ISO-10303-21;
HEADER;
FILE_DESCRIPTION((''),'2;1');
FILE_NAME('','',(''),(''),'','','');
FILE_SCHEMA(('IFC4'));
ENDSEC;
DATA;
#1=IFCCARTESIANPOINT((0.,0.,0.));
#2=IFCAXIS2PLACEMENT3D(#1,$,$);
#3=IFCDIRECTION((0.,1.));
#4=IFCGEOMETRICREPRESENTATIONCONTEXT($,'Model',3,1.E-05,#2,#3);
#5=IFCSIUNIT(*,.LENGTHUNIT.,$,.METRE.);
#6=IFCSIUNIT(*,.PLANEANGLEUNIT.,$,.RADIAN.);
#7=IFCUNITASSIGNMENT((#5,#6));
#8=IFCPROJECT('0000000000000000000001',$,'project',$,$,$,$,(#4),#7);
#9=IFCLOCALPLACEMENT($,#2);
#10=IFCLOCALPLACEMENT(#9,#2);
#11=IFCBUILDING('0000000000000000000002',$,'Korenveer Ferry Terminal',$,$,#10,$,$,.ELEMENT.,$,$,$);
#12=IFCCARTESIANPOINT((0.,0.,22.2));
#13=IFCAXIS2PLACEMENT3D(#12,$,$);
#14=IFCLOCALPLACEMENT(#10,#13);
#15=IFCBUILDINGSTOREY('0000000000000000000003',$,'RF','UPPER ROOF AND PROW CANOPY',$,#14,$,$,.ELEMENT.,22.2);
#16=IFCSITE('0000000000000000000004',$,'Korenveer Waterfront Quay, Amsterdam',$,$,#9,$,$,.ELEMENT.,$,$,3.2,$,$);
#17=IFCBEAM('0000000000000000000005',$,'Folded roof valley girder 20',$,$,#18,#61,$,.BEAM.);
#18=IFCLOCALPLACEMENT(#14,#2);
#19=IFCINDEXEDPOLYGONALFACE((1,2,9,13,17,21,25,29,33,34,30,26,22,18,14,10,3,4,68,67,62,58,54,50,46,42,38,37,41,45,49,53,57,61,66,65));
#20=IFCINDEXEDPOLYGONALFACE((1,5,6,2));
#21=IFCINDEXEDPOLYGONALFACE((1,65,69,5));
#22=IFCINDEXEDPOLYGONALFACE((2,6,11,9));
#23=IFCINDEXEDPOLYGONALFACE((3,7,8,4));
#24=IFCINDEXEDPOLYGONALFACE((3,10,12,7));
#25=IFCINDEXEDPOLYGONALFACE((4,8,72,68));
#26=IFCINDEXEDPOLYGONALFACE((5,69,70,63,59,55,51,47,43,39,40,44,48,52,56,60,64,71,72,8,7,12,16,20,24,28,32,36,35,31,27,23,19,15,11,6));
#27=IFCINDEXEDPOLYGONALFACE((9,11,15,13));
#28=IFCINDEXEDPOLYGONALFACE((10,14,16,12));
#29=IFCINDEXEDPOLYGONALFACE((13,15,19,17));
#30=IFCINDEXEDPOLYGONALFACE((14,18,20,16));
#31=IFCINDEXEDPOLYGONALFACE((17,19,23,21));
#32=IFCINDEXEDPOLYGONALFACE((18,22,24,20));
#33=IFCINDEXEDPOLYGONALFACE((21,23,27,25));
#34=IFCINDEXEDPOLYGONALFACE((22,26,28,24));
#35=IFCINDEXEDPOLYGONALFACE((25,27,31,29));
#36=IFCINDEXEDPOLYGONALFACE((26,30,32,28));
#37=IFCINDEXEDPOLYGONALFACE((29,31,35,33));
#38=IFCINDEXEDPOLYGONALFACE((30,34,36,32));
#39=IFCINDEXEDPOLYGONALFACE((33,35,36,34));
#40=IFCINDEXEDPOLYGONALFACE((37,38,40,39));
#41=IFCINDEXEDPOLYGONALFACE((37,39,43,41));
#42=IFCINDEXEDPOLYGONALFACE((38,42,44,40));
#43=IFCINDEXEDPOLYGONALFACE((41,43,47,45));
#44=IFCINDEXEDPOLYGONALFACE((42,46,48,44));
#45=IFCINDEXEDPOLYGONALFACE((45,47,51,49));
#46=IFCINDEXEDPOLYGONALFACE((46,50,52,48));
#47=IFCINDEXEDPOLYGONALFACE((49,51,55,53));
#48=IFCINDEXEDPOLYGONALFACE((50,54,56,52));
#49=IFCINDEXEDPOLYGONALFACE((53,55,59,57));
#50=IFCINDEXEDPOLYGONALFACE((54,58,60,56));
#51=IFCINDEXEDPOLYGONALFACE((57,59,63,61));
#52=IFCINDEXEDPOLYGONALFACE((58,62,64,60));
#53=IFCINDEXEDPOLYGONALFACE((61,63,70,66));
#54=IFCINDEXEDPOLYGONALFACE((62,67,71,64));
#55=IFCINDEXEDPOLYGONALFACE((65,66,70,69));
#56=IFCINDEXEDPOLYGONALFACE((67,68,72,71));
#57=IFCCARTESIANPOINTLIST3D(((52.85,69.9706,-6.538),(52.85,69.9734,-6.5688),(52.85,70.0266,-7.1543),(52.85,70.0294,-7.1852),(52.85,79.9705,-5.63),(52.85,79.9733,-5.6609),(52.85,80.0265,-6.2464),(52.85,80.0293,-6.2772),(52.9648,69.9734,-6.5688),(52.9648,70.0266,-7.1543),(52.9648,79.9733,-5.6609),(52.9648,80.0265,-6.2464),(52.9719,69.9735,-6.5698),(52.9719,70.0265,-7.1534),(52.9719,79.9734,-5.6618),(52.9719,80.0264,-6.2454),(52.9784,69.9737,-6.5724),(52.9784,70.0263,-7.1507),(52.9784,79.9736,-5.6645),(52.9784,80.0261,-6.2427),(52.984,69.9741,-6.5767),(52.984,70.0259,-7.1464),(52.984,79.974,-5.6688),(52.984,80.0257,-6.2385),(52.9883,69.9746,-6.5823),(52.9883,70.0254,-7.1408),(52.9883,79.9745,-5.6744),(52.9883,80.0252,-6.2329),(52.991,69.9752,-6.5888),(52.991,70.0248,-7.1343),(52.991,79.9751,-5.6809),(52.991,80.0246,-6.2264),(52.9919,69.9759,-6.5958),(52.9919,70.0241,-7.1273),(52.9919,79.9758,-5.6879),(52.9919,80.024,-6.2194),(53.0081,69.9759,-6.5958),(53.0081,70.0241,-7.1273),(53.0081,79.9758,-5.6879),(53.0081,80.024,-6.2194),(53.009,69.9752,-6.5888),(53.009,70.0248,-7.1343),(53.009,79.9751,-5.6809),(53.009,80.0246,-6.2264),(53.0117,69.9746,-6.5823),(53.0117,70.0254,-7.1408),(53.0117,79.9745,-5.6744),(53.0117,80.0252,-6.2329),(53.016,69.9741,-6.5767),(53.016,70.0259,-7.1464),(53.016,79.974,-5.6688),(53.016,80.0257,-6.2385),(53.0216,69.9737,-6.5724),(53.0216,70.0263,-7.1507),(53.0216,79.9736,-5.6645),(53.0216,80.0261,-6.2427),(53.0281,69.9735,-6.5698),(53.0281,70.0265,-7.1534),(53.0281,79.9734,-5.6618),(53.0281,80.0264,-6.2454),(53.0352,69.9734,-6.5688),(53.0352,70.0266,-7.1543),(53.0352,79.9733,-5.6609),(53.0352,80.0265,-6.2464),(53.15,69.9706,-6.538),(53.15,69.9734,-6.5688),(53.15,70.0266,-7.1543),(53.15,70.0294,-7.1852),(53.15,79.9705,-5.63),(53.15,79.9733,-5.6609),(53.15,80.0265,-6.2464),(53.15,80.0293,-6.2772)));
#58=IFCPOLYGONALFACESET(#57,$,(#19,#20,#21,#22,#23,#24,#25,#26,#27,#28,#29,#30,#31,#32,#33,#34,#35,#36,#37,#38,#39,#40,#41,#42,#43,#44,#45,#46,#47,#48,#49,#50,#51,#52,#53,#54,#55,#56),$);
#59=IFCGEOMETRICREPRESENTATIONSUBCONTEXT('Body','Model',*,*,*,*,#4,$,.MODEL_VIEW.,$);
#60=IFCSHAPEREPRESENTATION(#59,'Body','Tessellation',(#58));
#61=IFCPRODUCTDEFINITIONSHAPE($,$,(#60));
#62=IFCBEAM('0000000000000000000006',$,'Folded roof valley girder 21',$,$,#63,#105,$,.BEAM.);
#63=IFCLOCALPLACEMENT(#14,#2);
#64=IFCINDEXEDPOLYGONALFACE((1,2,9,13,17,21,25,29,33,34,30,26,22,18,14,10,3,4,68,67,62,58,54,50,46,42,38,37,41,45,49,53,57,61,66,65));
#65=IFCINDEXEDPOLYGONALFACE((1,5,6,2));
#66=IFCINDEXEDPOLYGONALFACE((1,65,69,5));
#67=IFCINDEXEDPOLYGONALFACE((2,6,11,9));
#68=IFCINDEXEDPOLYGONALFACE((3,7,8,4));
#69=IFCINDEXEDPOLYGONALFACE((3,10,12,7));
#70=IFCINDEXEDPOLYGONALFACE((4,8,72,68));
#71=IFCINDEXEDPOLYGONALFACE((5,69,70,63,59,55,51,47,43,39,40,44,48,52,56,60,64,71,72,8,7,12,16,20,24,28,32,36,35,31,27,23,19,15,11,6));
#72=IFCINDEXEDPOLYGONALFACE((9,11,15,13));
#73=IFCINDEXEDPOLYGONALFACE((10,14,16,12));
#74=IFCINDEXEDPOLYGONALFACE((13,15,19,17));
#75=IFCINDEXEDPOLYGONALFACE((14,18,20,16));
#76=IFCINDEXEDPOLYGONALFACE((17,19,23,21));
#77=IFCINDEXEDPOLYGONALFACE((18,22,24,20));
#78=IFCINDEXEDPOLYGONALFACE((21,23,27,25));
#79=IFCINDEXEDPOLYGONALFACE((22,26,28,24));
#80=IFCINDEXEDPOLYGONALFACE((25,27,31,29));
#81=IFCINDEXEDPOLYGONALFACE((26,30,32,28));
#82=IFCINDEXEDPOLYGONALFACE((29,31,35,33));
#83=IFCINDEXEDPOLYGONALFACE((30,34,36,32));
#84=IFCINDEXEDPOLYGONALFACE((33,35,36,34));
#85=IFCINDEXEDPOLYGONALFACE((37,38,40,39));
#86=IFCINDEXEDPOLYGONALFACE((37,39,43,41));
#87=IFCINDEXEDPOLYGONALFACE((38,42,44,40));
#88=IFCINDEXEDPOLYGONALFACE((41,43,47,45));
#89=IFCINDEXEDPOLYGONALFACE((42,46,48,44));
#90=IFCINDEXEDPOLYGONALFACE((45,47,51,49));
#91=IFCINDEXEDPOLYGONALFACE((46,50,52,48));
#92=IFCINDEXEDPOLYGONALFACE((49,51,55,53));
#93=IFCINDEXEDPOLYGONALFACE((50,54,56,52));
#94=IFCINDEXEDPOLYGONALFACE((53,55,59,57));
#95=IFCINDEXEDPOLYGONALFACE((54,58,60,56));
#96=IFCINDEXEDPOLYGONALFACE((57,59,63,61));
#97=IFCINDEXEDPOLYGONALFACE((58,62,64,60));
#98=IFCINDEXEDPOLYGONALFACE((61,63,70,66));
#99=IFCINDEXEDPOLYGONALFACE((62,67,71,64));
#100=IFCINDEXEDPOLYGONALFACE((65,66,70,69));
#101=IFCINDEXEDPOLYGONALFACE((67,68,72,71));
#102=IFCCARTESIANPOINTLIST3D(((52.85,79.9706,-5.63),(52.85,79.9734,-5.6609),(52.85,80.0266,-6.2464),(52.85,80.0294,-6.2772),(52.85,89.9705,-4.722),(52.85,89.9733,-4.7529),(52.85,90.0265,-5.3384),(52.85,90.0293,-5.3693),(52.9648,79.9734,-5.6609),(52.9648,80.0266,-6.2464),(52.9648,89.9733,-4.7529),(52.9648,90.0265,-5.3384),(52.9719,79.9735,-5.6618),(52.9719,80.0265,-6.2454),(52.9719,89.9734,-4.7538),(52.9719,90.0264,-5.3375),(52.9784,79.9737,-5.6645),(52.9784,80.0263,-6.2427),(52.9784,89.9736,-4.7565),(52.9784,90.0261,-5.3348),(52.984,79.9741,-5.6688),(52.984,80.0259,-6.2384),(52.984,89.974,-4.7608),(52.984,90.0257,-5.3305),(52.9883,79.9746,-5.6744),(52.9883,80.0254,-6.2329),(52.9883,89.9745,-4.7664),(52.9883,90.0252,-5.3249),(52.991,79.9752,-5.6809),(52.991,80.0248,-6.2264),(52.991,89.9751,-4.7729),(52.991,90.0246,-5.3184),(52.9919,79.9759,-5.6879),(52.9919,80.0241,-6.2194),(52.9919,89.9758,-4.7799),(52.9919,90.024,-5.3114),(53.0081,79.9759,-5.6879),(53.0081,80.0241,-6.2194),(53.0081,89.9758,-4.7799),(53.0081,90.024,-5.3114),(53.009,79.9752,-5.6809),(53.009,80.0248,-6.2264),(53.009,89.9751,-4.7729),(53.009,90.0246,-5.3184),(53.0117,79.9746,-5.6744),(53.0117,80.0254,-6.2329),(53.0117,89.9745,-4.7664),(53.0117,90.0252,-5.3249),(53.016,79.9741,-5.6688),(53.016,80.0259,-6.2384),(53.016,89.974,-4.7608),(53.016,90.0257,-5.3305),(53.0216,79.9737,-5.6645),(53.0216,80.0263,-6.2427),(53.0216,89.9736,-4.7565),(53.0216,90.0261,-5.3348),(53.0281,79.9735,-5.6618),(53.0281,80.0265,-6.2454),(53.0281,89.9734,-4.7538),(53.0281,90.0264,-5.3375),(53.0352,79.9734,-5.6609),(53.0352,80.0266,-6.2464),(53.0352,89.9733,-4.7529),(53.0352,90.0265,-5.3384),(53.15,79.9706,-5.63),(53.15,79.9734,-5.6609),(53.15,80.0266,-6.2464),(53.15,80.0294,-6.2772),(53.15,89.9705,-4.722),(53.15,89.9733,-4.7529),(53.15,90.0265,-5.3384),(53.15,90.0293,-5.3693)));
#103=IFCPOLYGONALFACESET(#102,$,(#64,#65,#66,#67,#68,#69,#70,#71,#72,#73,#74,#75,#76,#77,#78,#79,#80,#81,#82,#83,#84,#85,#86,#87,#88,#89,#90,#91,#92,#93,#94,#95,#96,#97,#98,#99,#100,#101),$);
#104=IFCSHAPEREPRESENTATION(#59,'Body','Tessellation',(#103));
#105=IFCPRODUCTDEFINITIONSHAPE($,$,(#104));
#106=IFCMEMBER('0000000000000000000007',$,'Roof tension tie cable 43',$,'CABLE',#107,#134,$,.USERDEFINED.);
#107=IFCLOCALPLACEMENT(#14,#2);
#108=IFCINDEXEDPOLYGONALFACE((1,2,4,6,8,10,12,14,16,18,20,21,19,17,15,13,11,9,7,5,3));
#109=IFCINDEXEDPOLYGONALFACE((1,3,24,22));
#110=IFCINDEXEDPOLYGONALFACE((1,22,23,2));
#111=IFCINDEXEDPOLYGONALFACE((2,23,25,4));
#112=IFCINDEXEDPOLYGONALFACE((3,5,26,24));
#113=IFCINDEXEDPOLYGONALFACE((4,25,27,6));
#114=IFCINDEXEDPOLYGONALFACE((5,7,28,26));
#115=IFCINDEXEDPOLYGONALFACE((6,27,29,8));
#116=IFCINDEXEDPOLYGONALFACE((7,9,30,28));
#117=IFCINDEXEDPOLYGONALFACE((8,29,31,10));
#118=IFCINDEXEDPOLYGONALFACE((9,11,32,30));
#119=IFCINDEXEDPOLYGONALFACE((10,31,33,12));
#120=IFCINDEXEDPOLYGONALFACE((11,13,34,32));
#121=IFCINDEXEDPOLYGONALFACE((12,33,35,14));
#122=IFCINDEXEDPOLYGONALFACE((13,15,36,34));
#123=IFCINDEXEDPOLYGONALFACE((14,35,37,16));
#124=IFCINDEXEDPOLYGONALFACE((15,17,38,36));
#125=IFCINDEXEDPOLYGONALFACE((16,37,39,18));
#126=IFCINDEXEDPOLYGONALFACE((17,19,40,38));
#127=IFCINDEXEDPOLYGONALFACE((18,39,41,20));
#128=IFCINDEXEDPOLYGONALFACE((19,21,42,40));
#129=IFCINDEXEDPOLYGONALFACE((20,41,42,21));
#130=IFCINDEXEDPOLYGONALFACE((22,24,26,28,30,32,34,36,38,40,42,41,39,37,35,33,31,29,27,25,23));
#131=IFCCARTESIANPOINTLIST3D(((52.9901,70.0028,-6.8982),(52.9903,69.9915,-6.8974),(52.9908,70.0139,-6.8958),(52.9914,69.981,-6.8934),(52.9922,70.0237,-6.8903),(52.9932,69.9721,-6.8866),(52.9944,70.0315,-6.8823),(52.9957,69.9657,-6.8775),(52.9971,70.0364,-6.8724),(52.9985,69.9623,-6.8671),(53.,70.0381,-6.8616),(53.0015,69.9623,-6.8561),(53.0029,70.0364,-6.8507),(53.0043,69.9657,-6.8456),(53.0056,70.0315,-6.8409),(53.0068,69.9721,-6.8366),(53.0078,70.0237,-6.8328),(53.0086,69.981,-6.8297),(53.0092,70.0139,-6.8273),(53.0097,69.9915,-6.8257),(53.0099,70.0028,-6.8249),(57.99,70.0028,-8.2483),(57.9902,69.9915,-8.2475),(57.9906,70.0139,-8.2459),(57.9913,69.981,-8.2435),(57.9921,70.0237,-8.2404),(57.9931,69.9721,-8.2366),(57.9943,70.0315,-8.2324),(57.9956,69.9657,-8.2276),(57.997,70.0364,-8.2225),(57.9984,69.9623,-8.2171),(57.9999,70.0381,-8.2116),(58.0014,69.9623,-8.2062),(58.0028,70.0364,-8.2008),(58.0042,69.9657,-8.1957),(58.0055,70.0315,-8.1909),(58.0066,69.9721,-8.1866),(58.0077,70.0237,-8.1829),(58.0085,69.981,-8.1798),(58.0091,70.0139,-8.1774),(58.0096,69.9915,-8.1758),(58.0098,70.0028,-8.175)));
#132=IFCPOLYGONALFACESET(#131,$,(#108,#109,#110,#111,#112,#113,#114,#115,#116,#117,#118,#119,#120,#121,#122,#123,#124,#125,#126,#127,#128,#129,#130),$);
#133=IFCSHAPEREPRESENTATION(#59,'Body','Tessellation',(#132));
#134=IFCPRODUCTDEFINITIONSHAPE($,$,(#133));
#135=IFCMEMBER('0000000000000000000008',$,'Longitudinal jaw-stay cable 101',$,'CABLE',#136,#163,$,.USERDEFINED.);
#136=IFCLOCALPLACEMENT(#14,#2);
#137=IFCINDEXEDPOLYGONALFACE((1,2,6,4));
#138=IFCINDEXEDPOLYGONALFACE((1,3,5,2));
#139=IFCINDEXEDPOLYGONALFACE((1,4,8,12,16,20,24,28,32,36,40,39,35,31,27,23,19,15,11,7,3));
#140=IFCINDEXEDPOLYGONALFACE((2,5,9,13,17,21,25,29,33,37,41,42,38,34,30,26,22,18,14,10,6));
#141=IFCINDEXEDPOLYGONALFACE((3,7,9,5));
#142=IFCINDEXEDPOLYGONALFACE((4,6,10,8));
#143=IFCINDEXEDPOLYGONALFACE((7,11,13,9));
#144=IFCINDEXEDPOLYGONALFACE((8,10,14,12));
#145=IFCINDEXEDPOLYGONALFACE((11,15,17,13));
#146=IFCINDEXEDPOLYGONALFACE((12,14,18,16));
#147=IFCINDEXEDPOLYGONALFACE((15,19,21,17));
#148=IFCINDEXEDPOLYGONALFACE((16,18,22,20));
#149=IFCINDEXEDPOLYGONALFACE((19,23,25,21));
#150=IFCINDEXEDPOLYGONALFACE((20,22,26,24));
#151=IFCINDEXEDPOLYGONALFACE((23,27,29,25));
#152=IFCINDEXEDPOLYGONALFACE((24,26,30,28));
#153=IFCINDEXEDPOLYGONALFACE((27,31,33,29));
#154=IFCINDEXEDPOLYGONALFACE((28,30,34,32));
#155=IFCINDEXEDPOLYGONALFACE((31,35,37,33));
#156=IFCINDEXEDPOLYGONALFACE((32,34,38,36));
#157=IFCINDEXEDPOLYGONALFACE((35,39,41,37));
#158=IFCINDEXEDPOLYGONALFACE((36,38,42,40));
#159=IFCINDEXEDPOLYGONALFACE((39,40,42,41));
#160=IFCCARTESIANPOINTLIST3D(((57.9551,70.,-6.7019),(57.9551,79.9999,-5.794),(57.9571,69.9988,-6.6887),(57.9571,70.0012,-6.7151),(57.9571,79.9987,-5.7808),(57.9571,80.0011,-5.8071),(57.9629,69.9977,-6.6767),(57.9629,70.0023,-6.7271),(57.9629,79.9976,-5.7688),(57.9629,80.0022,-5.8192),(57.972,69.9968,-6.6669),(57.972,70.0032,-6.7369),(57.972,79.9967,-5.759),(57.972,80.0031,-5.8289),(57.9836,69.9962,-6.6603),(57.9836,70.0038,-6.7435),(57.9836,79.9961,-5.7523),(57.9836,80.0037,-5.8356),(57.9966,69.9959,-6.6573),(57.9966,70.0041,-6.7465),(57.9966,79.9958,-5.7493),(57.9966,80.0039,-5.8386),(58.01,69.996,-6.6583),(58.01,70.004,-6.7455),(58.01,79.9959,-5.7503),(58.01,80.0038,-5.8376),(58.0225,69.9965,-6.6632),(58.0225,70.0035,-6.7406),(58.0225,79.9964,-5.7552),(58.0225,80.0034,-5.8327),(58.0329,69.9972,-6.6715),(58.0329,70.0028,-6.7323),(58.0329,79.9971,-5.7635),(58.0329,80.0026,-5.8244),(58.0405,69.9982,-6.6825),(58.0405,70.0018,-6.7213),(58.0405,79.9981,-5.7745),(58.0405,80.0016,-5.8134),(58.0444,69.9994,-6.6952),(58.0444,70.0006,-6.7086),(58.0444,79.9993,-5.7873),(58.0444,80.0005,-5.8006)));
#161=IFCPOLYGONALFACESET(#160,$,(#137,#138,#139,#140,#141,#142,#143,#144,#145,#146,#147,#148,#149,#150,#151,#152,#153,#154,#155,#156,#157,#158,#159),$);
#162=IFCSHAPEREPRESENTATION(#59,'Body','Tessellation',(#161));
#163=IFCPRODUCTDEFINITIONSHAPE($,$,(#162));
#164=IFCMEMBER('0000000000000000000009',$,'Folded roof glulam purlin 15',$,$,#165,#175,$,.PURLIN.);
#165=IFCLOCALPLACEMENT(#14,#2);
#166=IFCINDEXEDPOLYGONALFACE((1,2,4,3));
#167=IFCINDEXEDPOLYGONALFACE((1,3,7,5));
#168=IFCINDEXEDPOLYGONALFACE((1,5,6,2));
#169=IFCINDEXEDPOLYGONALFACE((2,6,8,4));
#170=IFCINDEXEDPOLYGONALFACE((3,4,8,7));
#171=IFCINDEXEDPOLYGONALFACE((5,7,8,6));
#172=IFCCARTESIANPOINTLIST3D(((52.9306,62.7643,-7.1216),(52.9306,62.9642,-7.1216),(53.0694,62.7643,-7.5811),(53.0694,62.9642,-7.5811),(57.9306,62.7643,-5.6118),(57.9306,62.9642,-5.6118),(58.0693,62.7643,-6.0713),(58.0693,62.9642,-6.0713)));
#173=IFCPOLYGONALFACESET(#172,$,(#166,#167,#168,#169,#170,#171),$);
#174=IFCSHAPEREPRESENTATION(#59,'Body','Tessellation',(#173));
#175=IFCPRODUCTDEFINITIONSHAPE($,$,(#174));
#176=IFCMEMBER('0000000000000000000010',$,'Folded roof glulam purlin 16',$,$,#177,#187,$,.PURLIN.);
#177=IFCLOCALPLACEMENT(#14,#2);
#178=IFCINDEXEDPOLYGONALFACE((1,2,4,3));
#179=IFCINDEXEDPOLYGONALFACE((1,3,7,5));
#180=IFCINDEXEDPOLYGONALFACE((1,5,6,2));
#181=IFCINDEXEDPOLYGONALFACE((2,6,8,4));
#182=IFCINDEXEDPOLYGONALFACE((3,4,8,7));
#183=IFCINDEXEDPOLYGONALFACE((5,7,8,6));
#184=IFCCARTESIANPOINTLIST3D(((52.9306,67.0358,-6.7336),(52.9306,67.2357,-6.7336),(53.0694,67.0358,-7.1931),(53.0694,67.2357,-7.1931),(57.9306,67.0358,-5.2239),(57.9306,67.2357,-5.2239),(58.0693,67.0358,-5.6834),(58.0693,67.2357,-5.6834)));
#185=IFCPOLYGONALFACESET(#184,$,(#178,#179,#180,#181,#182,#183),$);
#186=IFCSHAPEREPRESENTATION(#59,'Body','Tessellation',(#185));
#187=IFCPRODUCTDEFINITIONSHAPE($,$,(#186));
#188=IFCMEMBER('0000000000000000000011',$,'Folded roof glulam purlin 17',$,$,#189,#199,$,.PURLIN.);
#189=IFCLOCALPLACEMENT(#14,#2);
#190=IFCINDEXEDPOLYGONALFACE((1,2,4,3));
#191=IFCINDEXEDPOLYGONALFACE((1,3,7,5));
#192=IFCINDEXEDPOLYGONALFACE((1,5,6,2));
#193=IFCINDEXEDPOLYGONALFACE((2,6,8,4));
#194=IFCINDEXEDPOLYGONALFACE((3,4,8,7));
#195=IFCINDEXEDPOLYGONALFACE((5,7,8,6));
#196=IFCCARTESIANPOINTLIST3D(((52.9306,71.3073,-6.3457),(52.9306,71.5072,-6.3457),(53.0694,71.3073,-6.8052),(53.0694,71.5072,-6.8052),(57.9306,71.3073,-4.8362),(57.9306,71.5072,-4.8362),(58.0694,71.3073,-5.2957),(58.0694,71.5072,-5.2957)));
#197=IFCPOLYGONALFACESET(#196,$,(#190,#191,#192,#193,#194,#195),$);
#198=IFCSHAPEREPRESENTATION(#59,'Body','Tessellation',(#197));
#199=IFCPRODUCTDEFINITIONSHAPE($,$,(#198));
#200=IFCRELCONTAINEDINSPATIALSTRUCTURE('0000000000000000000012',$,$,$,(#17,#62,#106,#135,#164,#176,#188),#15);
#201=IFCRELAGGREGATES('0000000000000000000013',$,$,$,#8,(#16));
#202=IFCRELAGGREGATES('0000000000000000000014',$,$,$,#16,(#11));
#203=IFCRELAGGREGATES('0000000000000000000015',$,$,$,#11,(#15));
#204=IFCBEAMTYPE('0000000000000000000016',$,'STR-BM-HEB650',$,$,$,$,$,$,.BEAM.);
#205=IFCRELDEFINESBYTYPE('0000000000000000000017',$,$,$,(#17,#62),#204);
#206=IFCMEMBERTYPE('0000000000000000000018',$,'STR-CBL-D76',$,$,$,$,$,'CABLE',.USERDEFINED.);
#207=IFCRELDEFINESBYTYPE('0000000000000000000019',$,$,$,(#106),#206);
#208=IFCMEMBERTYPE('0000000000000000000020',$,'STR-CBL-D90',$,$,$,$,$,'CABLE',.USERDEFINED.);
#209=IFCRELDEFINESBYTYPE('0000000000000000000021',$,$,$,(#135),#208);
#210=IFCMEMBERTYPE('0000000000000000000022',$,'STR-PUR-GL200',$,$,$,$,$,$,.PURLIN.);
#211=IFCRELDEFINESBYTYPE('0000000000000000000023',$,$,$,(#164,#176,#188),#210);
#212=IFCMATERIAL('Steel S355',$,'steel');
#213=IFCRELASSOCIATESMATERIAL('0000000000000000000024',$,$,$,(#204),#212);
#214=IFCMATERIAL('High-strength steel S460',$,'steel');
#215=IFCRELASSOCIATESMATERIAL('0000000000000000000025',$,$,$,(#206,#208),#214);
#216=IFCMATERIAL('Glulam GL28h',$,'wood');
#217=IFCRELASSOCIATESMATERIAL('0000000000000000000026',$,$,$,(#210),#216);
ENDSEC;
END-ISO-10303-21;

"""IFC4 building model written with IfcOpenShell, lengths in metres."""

from ifc_helpers import new_model, si_unit, direction, frame, origin, origin_2d, place, context, subcontext, project, spatial, rectangle, circle, i_section, extrude, material, material_profile, profile_set, type_object, element, save


model = new_model("IFC4")

# Units and contexts
model_context = context("Model", 3, precision=1e-05, world=origin(), true_north=direction((0.0, 1.0)))
body_context = subcontext(model_context, "Body", "Model", "MODEL_VIEW")
ifc_project = project(units=[si_unit("LENGTHUNIT", "METRE"), si_unit("PLANEANGLEUNIT", "RADIAN")], contexts=[model_context])

# Site, building, storey
site_placement = place(None, origin())
site = spatial("IfcSite", under=ifc_project, at=site_placement, Name="Korenveer Waterfront Quay, Amsterdam", CompositionType="ELEMENT", RefElevation=3.2)
building_placement = place(site_placement, origin())
building = spatial("IfcBuilding", under=site, at=building_placement, Name="Korenveer Ferry Terminal", CompositionType="ELEMENT")
storey_placement = place(building_placement, frame((0.0, 0.0, 22.2)))
storey = spatial("IfcBuildingStorey", under=building, at=storey_placement, Name="RF", Description="UPPER ROOF AND PROW CANOPY", CompositionType="ELEMENT", Elevation=22.2)

# Beams
ifc_material_1 = material(Name="Steel S355", Category="steel")
ifc_material_profile_1 = material_profile(ifc_material_1, i_section(OverallWidth=0.3, OverallDepth=0.6499, WebThickness=0.0161, FlangeThickness=0.031, FilletRadius=0.0271, at=origin_2d()), Name="HEB 650")
ifc_profile_set_1 = profile_set([ifc_material_profile_1], Name="Steel S355")
beam_type_1 = type_object("IfcBeamType", Name="STR-BM-HEB650", PredefinedType="BEAM", material=ifc_profile_set_1)
for number, where, z_axis, x_axis, name in (
    (1, (53.0, 70.0, -6.8616), (0.0, 0.995903, 0.090424), (-1.0, 0.0, 0.0), "Folded roof valley girder 20"),
    (2, (53.0, 80.0, -5.9536), (0.0, 0.995903, 0.090424), (-1.0, 0.0, 0.0), "Folded roof valley girder 21"),
):
    element("IfcBeam", number, at=place(storey_placement, frame(where, z_axis=z_axis, x_axis=x_axis)), inside=storey, type_object=beam_type_1, Name=name, PredefinedType="BEAM", context=body_context, shape_type="SweptSolid", body=[
        extrude(i_section(OverallWidth=0.3, OverallDepth=0.6499, WebThickness=0.0161, FlangeThickness=0.031, FilletRadius=0.0271, at=origin_2d()), origin(), (0.0, 0.0, 1.0), 10.041),
    ])

# Members
ifc_material_2 = material(Name="High-strength steel S460", Category="steel")
ifc_material_profile_2 = material_profile(ifc_material_2, circle(Radius=0.0381, at=origin_2d()), Name="ROD D76")
ifc_profile_set_2 = profile_set([ifc_material_profile_2], Name="High-strength steel S460")
member_type_1 = type_object("IfcMemberType", Name="STR-CBL-D76", ElementType="CABLE", PredefinedType="USERDEFINED", material=ifc_profile_set_2)
member_1_placement = place(storey_placement, frame((53.0, 70.0, -6.8616), z_axis=(0.965424, 0.0, -0.260683), x_axis=(0.0, 1.0, 0.0)))
element("IfcMember", 3, at=member_1_placement, inside=storey, type_object=member_type_1, Name="Roof tension tie cable 43", ObjectType="CABLE", PredefinedType="USERDEFINED", context=body_context, shape_type="SweptSolid", body=[
    extrude(circle(Radius=0.0381, at=origin_2d()), origin(), (0.0, 0.0, 1.0), 5.179),
])
ifc_material_profile_3 = material_profile(ifc_material_2, circle(Radius=0.0449, at=origin_2d()), Name="ROD D90")
ifc_profile_set_3 = profile_set([ifc_material_profile_3], Name="High-strength steel S460")
member_type_2 = type_object("IfcMemberType", Name="STR-CBL-D90", ElementType="CABLE", PredefinedType="USERDEFINED", material=ifc_profile_set_3)
member_2_placement = place(storey_placement, frame((58.0, 70.0, -6.7019), z_axis=(0.0, 0.995903, 0.090424), x_axis=(-1.0, 0.0, 0.0)))
element("IfcMember", 4, at=member_2_placement, inside=storey, type_object=member_type_2, Name="Longitudinal jaw-stay cable 101", ObjectType="CABLE", PredefinedType="USERDEFINED", context=body_context, shape_type="SweptSolid", body=[
    extrude(circle(Radius=0.0449, at=origin_2d()), origin(), (0.0, 0.0, 1.0), 10.041),
])
ifc_material_3 = material(Name="Glulam GL28h", Category="wood")
ifc_material_profile_4 = material_profile(ifc_material_3, rectangle(XDim=0.2, YDim=0.48, at=origin_2d()), Name="GL 200x480")
ifc_profile_set_4 = profile_set([ifc_material_profile_4], Name="Glulam GL28h")
member_type_3 = type_object("IfcMemberType", Name="STR-PUR-GL200", PredefinedType="PURLIN", material=ifc_profile_set_4)
for number, where, z_axis, x_axis, name in (
    (5, (53.0, 62.8643, -7.3513), (0.95731, 0.0, 0.289063), (0.0, 1.0, 0.0), "Folded roof glulam purlin 15"),
    (6, (53.0, 67.1357, -6.9634), (0.95731, 0.0, 0.289063), (0.0, 1.0, 0.0), "Folded roof glulam purlin 16"),
    (7, (53.0, 71.4072, -6.5754), (0.957323, 0.0, 0.28902), (0.0, 1.0, 0.0), "Folded roof glulam purlin 17"),
):
    element("IfcMember", number, at=place(storey_placement, frame(where, z_axis=z_axis, x_axis=x_axis)), inside=storey, type_object=member_type_3, Name=name, PredefinedType="PURLIN", context=body_context, shape_type="SweptSolid", body=[
        extrude(rectangle(XDim=0.2, YDim=0.48, at=origin_2d()), origin(), (0.0, 0.0, 1.0), 5.2229),
    ])

save(model, "model.ifc")
